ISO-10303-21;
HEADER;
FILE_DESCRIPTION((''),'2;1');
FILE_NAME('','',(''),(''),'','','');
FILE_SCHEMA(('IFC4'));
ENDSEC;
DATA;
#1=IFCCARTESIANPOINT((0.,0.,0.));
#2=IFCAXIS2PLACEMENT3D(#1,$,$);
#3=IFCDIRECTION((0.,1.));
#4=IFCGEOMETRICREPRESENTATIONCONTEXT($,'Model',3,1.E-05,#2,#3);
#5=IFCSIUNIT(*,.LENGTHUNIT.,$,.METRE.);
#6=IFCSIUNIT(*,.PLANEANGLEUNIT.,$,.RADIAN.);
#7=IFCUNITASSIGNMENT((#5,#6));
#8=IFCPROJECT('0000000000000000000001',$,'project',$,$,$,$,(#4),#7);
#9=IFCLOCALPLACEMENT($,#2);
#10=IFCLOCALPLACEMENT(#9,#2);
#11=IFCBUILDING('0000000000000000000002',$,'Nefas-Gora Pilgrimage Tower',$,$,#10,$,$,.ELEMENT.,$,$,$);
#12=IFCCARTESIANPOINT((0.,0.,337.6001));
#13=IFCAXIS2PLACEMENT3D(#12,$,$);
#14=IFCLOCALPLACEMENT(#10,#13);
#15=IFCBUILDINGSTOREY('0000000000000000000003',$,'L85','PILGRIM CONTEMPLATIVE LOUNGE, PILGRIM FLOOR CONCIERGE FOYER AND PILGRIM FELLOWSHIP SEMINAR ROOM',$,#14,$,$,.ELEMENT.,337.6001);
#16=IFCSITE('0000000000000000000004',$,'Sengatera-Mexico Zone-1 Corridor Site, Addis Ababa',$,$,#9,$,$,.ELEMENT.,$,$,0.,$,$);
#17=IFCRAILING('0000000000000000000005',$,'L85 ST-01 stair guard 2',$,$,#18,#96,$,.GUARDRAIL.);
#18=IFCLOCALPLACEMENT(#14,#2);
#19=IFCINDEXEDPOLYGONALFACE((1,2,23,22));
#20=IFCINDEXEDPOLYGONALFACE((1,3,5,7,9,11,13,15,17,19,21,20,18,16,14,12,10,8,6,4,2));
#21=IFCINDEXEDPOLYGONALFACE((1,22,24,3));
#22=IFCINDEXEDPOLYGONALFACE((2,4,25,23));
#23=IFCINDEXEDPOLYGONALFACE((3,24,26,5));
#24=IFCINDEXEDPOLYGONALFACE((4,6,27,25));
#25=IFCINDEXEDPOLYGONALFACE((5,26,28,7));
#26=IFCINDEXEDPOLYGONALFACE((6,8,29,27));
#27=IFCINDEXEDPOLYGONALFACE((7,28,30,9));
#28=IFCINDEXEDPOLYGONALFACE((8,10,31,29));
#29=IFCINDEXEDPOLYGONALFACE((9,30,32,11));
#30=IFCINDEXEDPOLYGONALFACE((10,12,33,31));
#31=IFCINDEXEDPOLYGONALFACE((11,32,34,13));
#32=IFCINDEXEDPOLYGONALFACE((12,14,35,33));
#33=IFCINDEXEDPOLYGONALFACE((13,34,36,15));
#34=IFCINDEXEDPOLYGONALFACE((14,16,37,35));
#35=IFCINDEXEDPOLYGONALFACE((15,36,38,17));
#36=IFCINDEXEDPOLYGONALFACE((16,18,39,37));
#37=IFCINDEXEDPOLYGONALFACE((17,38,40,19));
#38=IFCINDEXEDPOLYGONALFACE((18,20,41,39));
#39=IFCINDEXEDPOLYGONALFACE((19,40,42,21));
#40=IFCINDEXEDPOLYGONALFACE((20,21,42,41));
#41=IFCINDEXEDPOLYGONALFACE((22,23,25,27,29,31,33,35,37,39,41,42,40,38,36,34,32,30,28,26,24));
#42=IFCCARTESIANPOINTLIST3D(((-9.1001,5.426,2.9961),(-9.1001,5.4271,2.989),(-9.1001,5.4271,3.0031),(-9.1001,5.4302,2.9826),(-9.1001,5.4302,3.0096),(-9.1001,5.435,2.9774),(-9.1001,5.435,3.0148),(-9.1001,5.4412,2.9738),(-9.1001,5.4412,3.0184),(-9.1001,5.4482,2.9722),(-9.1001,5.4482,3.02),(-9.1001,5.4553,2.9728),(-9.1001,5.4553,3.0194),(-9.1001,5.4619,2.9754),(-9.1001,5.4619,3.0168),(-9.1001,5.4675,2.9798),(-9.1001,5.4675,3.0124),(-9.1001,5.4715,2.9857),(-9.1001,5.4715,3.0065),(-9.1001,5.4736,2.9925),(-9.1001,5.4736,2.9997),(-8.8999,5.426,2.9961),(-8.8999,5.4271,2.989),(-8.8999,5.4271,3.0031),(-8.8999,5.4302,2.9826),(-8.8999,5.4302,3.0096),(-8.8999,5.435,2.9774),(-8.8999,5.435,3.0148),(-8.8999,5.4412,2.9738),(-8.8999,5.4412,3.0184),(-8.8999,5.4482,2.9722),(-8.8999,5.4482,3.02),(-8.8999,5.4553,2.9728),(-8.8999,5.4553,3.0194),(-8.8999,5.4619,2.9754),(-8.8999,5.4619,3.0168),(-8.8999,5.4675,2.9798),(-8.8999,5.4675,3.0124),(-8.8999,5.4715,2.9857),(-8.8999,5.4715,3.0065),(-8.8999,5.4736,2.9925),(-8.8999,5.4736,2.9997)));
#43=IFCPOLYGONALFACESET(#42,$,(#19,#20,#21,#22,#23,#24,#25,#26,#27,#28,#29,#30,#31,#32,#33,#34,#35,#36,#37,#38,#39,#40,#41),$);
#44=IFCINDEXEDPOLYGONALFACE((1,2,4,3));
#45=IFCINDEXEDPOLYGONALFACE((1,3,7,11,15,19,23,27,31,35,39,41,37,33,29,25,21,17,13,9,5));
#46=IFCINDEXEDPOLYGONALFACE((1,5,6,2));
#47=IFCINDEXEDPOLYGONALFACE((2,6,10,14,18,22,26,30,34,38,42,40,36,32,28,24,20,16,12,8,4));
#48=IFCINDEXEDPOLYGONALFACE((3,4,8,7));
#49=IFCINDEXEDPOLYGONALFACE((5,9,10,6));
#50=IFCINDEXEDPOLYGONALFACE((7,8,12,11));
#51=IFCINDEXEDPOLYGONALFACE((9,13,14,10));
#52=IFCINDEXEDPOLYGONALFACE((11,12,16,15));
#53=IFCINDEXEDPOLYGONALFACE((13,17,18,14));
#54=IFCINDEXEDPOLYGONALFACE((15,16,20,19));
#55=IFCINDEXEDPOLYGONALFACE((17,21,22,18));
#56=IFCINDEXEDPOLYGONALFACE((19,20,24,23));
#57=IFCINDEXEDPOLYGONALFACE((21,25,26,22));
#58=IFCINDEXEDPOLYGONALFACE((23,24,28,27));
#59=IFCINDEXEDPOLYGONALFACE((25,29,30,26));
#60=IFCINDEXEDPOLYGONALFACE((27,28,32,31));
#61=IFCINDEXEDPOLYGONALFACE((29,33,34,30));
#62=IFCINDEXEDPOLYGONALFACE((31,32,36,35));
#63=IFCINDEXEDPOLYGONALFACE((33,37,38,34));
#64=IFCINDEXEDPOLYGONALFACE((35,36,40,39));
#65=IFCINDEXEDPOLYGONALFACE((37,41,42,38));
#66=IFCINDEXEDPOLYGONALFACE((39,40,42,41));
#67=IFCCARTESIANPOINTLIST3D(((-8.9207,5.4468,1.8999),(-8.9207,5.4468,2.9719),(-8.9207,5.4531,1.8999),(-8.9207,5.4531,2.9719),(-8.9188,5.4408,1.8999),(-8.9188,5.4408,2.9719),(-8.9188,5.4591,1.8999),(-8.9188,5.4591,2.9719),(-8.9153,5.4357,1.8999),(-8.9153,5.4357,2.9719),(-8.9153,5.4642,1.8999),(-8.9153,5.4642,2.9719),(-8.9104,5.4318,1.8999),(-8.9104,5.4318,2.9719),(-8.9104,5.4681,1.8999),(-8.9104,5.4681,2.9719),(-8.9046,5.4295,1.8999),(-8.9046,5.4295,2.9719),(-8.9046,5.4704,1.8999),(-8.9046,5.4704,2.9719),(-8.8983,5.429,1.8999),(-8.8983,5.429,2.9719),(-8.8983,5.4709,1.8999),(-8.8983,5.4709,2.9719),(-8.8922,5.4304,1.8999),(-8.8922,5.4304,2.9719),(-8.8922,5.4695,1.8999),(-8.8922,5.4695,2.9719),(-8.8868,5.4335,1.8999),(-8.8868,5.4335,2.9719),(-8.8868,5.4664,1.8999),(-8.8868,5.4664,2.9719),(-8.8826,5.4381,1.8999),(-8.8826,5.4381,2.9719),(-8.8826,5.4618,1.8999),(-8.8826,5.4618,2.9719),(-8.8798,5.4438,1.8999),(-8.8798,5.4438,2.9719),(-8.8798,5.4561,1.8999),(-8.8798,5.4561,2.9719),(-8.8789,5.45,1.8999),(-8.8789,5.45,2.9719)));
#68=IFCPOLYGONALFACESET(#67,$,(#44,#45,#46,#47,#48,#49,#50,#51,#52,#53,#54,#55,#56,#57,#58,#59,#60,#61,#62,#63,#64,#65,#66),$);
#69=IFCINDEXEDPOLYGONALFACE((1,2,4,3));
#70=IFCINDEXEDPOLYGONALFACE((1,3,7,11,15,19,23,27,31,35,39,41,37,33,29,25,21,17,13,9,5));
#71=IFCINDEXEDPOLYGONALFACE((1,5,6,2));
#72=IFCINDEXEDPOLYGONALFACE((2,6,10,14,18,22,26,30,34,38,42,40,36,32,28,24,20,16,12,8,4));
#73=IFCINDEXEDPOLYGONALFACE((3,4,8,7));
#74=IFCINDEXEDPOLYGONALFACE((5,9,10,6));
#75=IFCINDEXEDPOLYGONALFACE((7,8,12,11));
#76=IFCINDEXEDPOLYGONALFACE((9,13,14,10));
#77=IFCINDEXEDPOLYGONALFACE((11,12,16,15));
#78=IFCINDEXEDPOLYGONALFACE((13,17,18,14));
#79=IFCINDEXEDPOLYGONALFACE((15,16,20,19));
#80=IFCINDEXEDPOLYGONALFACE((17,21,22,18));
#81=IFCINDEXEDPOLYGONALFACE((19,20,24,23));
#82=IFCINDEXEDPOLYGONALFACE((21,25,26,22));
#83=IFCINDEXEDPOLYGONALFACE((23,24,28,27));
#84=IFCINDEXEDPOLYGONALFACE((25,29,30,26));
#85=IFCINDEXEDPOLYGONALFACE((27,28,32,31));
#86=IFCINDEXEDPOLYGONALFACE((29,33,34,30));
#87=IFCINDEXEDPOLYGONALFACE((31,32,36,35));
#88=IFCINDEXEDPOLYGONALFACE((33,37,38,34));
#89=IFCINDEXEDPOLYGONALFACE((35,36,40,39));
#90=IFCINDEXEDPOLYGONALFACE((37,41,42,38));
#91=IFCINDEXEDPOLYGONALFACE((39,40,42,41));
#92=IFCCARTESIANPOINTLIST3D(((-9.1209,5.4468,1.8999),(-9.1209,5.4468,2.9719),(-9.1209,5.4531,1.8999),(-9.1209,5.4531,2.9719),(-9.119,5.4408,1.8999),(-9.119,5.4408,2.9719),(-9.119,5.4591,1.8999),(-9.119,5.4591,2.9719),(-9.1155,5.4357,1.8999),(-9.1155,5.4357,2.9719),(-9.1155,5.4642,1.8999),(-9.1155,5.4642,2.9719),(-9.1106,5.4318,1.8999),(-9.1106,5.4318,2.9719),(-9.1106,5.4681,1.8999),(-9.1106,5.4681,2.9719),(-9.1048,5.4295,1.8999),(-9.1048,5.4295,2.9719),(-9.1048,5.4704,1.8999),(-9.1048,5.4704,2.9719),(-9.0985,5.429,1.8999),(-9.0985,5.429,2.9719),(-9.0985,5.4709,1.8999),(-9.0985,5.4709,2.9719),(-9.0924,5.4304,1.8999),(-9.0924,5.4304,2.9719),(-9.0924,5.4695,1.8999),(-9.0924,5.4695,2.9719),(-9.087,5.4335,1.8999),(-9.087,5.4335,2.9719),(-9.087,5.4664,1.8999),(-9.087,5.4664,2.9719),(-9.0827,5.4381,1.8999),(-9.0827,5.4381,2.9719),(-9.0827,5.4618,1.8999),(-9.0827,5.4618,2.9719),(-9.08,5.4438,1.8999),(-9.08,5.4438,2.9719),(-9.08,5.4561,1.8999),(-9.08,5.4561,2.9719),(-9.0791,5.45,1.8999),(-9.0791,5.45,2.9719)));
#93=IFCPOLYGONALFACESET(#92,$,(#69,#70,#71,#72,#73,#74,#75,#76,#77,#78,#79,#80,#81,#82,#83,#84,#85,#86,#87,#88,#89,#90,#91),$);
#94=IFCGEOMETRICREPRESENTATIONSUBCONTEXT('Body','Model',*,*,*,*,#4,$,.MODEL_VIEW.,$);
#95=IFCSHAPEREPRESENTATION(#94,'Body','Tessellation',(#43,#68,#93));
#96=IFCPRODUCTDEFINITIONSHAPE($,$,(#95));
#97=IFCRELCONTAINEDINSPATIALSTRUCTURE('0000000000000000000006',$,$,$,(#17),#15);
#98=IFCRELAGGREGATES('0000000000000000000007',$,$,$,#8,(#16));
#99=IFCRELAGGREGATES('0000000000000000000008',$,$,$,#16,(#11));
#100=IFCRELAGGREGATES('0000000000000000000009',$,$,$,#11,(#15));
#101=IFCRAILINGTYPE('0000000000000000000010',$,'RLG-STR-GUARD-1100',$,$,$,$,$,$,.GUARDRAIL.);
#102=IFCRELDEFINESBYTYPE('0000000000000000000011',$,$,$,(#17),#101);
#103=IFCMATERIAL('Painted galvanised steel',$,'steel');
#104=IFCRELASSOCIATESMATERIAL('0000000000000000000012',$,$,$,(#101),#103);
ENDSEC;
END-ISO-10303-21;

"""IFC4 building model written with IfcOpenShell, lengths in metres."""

from ifc_helpers import new_model, si_unit, direction, frame, origin, origin_2d, place, context, subcontext, project, spatial, circle, extrude, material, type_object, element, save


model = new_model("IFC4")

# Units and contexts
model_context = context("Model", 3, precision=1e-05, world=origin(), true_north=direction((0.0, 1.0)))
body_context = subcontext(model_context, "Body", "Model", "MODEL_VIEW")
ifc_project = project(units=[si_unit("LENGTHUNIT", "METRE"), si_unit("PLANEANGLEUNIT", "RADIAN")], contexts=[model_context])

# Site, building, storey
site_placement = place(None, origin())
site = spatial("IfcSite", under=ifc_project, at=site_placement, Name="Sengatera-Mexico Zone-1 Corridor Site, Addis Ababa", CompositionType="ELEMENT", RefElevation=0.0)
building_placement = place(site_placement, origin())
building = spatial("IfcBuilding", under=site, at=building_placement, Name="Nefas-Gora Pilgrimage Tower", CompositionType="ELEMENT")
storey_placement = place(building_placement, frame((0.0, 0.0, 337.6001)))
storey = spatial("IfcBuildingStorey", under=building, at=storey_placement, Name="L85", Description="PILGRIM CONTEMPLATIVE LOUNGE, PILGRIM FLOOR CONCIERGE FOYER AND PILGRIM FELLOWSHIP SEMINAR ROOM", CompositionType="ELEMENT", Elevation=337.6001)

# Railing
ifc_material_1 = material(Name="Painted galvanised steel", Category="steel")
railing_type_1 = type_object("IfcRailingType", Name="RLG-STR-GUARD-1100", PredefinedType="GUARDRAIL", material=ifc_material_1)
railing_1_placement = place(storey_placement, frame((-8.8999, 5.45, 1.8999)))
element("IfcRailing", 1, at=railing_1_placement, inside=storey, type_object=railing_type_1, Name="L85 ST-01 stair guard 2", PredefinedType="GUARDRAIL", context=body_context, shape_type="SweptSolid", body=[
    extrude(circle(Radius=0.0239, at=origin_2d()), frame((0.0, 0.0, 1.0962), z_axis=(-1.0, 0.0, 0.0), x_axis=(0.0, -1.0, 0.0)), (0.0, 0.0, 1.0), 0.2002),
    extrude(circle(Radius=0.021, at=origin_2d()), origin(), (0.0, 0.0, 1.0), 1.072),
    extrude(circle(Radius=0.021, at=origin_2d()), frame((-0.2002, 0.0, 0.0)), (0.0, 0.0, 1.0), 1.072),
])

save(model, "model.ifc")
